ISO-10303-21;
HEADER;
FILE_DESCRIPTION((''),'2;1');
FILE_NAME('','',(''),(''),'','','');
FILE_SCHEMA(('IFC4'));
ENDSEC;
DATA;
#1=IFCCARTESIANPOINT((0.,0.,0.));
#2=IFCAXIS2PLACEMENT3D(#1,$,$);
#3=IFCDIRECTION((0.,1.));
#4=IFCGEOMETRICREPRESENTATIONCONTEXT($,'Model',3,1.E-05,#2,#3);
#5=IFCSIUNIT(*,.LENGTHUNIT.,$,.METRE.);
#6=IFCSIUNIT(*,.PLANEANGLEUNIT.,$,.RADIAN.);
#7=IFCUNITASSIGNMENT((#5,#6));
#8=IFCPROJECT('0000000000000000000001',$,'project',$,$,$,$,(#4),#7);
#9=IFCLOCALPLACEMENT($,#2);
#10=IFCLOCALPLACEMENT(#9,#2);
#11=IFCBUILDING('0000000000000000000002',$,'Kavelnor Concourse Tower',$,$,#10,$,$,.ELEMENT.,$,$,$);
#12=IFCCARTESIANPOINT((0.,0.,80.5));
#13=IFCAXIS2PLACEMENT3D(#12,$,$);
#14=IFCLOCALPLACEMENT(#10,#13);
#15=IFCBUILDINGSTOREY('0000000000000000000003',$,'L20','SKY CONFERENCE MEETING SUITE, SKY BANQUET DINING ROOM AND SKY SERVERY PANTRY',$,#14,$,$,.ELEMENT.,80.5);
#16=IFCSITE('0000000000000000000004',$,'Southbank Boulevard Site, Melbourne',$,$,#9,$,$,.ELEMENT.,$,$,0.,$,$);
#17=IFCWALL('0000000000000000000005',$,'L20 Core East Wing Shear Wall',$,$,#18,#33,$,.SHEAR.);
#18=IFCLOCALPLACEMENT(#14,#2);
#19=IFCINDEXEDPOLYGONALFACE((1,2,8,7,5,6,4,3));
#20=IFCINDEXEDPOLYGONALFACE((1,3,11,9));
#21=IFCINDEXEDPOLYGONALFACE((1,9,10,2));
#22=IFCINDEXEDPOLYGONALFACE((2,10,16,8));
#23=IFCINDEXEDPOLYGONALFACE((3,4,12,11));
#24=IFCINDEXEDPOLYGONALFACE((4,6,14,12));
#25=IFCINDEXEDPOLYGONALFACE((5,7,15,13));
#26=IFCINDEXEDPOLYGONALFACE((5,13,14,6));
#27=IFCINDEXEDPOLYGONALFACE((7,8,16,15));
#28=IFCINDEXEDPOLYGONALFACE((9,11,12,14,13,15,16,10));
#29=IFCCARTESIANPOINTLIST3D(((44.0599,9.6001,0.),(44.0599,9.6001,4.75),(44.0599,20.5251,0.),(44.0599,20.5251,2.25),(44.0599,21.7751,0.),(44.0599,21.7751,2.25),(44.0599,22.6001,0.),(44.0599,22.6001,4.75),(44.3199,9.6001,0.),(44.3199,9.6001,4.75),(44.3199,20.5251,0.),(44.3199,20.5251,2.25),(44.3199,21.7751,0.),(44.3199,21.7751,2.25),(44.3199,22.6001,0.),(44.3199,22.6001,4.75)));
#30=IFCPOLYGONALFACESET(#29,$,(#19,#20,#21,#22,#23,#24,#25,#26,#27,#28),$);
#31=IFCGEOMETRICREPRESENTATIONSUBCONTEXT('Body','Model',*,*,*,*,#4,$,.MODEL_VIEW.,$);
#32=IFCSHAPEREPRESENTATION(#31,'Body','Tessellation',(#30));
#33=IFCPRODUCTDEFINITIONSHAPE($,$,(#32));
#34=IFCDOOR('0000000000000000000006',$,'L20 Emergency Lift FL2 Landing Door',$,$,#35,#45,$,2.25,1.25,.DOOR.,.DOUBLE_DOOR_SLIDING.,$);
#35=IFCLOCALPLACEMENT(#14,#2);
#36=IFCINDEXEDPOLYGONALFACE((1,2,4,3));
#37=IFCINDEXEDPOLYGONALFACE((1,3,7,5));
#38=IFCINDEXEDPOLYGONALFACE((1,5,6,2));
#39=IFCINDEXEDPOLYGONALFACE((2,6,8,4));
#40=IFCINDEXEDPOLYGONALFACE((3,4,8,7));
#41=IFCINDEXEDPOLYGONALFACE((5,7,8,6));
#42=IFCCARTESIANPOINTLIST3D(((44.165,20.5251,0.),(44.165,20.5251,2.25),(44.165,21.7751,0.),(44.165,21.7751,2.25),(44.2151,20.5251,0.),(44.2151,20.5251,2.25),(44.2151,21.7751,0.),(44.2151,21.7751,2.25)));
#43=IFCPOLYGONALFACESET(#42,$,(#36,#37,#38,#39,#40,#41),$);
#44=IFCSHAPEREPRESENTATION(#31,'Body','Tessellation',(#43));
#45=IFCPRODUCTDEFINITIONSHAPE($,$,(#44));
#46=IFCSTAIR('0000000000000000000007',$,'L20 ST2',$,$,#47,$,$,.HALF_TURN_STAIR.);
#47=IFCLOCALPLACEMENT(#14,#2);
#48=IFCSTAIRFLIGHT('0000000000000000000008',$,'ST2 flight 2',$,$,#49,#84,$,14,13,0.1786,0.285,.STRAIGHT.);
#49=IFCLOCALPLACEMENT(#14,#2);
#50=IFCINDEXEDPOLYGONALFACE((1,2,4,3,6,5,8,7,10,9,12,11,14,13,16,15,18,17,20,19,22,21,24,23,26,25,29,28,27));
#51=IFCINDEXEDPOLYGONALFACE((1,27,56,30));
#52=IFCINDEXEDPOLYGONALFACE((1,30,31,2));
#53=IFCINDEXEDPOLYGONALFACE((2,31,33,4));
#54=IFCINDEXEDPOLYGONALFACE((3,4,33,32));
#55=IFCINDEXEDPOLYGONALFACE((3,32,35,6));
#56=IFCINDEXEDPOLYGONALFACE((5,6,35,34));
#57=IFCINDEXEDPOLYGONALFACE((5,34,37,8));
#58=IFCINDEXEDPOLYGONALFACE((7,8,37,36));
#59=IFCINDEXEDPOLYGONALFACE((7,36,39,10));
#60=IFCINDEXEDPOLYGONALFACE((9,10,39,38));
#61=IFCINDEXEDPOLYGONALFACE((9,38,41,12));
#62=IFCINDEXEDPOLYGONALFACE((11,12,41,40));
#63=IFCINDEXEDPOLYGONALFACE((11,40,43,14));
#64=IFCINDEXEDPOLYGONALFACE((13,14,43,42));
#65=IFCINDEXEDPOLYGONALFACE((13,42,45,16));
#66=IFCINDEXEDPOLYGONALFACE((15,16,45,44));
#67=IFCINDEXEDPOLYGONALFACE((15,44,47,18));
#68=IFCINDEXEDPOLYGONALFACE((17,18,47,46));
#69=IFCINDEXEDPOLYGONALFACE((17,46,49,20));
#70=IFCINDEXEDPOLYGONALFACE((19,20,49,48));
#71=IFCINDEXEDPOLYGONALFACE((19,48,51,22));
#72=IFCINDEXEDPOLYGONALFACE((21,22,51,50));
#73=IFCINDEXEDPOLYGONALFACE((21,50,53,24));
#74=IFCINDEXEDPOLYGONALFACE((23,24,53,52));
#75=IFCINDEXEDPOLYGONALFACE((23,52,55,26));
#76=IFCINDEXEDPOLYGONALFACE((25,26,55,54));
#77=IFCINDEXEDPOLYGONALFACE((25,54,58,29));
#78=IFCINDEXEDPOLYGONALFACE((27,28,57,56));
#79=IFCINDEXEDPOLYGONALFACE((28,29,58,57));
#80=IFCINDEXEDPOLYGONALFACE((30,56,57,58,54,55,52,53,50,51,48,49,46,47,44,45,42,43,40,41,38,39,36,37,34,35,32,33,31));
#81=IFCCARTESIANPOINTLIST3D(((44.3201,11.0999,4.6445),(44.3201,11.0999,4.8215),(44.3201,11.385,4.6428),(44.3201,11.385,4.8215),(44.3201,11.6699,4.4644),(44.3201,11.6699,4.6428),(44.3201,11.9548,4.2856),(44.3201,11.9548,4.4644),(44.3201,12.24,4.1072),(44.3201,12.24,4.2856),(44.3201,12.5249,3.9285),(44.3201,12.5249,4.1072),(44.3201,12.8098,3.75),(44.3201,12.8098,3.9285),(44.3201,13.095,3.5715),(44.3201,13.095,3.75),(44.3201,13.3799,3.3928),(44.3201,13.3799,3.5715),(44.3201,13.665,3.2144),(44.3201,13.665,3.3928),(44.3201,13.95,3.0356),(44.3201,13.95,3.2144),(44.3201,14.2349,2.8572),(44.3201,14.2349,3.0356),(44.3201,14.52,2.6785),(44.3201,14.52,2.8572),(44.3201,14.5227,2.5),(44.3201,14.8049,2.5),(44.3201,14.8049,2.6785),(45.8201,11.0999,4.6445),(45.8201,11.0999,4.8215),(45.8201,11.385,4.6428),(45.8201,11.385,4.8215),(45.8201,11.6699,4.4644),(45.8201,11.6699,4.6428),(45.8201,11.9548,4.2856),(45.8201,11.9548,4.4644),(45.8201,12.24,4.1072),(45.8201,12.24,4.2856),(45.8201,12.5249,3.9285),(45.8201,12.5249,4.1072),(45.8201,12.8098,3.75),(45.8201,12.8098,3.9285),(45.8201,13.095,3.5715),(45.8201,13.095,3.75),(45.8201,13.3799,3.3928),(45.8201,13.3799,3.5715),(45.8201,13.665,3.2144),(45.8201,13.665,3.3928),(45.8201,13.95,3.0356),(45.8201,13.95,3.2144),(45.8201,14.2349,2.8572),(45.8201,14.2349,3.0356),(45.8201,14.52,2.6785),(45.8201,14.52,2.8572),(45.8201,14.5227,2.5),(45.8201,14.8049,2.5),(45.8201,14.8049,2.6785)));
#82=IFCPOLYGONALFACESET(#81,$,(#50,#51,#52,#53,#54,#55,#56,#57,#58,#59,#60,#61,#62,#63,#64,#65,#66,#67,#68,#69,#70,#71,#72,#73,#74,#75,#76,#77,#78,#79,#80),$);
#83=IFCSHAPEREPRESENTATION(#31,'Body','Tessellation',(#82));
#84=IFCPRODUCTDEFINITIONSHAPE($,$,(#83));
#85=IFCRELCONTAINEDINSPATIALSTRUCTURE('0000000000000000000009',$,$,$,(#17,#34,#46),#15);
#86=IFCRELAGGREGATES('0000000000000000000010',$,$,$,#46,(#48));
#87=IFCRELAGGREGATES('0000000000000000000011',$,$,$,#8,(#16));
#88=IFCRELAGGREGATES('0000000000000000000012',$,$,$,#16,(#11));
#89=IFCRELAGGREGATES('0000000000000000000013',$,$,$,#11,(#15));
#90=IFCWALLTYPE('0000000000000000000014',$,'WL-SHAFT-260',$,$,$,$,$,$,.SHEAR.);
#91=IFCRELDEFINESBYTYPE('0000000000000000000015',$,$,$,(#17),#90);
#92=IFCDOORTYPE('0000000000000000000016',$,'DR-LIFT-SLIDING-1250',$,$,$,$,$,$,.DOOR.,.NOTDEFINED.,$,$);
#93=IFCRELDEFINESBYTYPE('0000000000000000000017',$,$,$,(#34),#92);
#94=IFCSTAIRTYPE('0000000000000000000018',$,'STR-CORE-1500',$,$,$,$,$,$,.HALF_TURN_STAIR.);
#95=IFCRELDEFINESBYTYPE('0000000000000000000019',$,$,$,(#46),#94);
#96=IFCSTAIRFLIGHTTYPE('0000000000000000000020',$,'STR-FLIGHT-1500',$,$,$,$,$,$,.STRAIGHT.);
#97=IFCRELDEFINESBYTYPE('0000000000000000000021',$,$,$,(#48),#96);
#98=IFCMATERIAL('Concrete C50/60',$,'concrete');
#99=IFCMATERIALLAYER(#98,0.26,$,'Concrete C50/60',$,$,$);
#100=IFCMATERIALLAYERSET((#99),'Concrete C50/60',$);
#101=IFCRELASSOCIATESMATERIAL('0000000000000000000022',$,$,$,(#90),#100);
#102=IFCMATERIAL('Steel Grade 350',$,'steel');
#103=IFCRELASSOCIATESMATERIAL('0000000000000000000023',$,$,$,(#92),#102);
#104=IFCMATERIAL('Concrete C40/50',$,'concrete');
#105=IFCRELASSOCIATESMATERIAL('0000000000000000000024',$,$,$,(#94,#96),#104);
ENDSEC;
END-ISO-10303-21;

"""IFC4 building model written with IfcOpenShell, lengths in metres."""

from ifc_helpers import new_model, si_unit, direction, frame, frame_2d, origin, place, context, subcontext, project, spatial, polyline, rectangle, outline, extrude, material, layer, layer_set, type_object, element, fill, aggregate, save


model = new_model("IFC4")

# Units and contexts
model_context = context("Model", 3, precision=1e-05, world=origin(), true_north=direction((0.0, 1.0)))
body_context = subcontext(model_context, "Body", "Model", "MODEL_VIEW")
ifc_project = project(units=[si_unit("LENGTHUNIT", "METRE"), si_unit("PLANEANGLEUNIT", "RADIAN")], contexts=[model_context])

# Site, building, storey
site_placement = place(None, origin())
site = spatial("IfcSite", under=ifc_project, at=site_placement, Name="Southbank Boulevard Site, Melbourne", CompositionType="ELEMENT", RefElevation=0.0)
building_placement = place(site_placement, origin())
building = spatial("IfcBuilding", under=site, at=building_placement, Name="Kavelnor Concourse Tower", CompositionType="ELEMENT")
storey_placement = place(building_placement, frame((0.0, 0.0, 80.5)))
storey = spatial("IfcBuildingStorey", under=building, at=storey_placement, Name="L20", Description="SKY CONFERENCE MEETING SUITE, SKY BANQUET DINING ROOM AND SKY SERVERY PANTRY", CompositionType="ELEMENT", Elevation=80.5)

# Shared definitions
ifc_material_1 = material(Name="Steel Grade 350", Category="steel")

# Shared definitions
ifc_material_2 = material(Name="Concrete C50/60", Category="concrete")

# Wall, opening, door
ifc_layer_1 = layer(ifc_material_2, 0.26, Name="Concrete C50/60")
ifc_layer_set_1 = layer_set([ifc_layer_1], Name="Concrete C50/60")
wall_type_1 = type_object("IfcWallType", Name="WL-SHAFT-260", PredefinedType="SHEAR", material=ifc_layer_set_1)
wall_1_placement = place(storey_placement, frame((44.1899, 9.6001, 0.0), z_axis=(0.0, 0.0, 1.0), x_axis=(0.0, 1.0, 0.0)))
wall_1 = element("IfcWall", 1, at=wall_1_placement, inside=storey, type_object=wall_type_1, Name="L20 Core East Wing Shear Wall", PredefinedType="SHEAR", context=body_context, shape_type="SweptSolid", body=[
    extrude(rectangle(XDim=13.0, YDim=0.26, at=frame_2d((6.5, 0.0))), origin(), (0.0, 0.0, 1.0), 4.75),
])
opening_1_placement = place(wall_1_placement, frame((10.925, 0.0, 0.0)))
opening_1 = element("IfcOpeningElement", 2, at=opening_1_placement, cuts=wall_1, PredefinedType="OPENING", context=body_context, shape_type="SweptSolid", body=[
    extrude(rectangle(XDim=1.25, YDim=2.25, at=frame_2d((0.625, 1.125))), frame((0.0, 0.1401, 0.0), z_axis=(0.0, -1.0, 0.0), x_axis=(1.0, 0.0, 0.0)), (0.0, 0.0, 1.0), 0.28),
])
door_type_1 = type_object("IfcDoorType", Name="DR-LIFT-SLIDING-1250", OperationType="NOTDEFINED", PredefinedType="DOOR", material=ifc_material_1)
door_1_placement = place(opening_1_placement, origin())
door_1 = element("IfcDoor", 3, at=door_1_placement, inside=storey, type_object=door_type_1, Name="L20 Emergency Lift FL2 Landing Door", OperationType="DOUBLE_DOOR_SLIDING", OverallHeight=2.25, OverallWidth=1.25, PredefinedType="DOOR", context=body_context, shape_type="SweptSolid", body=[
    extrude(rectangle(XDim=1.25, YDim=2.25, at=frame_2d((0.625, 1.125))), frame((0.0, 0.0249, 0.0), z_axis=(0.0, -1.0, 0.0), x_axis=(1.0, 0.0, 0.0)), (0.0, 0.0, 1.0), 0.05),
])
fill(opening_1, door_1)

# Stair, stair flight
ifc_material_3 = material(Name="Concrete C40/50", Category="concrete")
stair_type = type_object("IfcStairType", Name="STR-CORE-1500", PredefinedType="HALF_TURN_STAIR", material=ifc_material_3)
stair_placement = place(storey_placement, origin())
stair = element("IfcStair", 4, at=stair_placement, inside=storey, type_object=stair_type, Name="L20 ST2", PredefinedType="HALF_TURN_STAIR")
stair_flight_type = type_object("IfcStairFlightType", Name="STR-FLIGHT-1500", PredefinedType="STRAIGHT", material=ifc_material_3)
stair_flight_placement = place(storey_placement, frame((45.0701, 14.8049, 2.5), z_axis=(0.0, 0.0, 1.0), x_axis=(0.0, -1.0, 0.0)))
stair_flight = element("IfcStairFlight", 5, at=stair_flight_placement, type_object=stair_flight_type, Name="ST2 flight 2", NumberOfRisers=14, NumberOfTreads=13, PredefinedType="STRAIGHT", RiserHeight=0.1786, TreadLength=0.285, context=body_context, shape_type="SweptSolid", body=[
    extrude(outline(polyline([(0.0, 0.0), (0.0, 0.1785), (0.2849, 0.1785), (0.2849, 0.3572), (0.5701, 0.3572), (0.5701, 0.5356), (0.855, 0.5356), (0.855, 0.7144), (1.1399, 0.7144), (1.1399, 0.8928), (1.425, 0.8928), (1.425, 1.0715), (1.71, 1.0715), (1.71, 1.25), (1.9951, 1.25), (1.9951, 1.4285), (2.28, 1.4285), (2.28, 1.6072), (2.5649, 1.6072), (2.5649, 1.7856), (2.8501, 1.7856), (2.8501, 1.9644), (3.135, 1.9644), (3.135, 2.1428), (3.4199, 2.1428), (3.4199, 2.3215), (3.7051, 2.3215), (3.7051, 2.5), (3.7051, 2.1445), (0.2822, 0.0), (0.0, 0.0)])), frame((0.0, 0.75, 0.0), z_axis=(0.0, -1.0, 0.0), x_axis=(1.0, 0.0, 0.0)), (0.0, 0.0, 1.0), 1.5),
])
aggregate(stair, [stair_flight])

save(model, "model.ifc")
